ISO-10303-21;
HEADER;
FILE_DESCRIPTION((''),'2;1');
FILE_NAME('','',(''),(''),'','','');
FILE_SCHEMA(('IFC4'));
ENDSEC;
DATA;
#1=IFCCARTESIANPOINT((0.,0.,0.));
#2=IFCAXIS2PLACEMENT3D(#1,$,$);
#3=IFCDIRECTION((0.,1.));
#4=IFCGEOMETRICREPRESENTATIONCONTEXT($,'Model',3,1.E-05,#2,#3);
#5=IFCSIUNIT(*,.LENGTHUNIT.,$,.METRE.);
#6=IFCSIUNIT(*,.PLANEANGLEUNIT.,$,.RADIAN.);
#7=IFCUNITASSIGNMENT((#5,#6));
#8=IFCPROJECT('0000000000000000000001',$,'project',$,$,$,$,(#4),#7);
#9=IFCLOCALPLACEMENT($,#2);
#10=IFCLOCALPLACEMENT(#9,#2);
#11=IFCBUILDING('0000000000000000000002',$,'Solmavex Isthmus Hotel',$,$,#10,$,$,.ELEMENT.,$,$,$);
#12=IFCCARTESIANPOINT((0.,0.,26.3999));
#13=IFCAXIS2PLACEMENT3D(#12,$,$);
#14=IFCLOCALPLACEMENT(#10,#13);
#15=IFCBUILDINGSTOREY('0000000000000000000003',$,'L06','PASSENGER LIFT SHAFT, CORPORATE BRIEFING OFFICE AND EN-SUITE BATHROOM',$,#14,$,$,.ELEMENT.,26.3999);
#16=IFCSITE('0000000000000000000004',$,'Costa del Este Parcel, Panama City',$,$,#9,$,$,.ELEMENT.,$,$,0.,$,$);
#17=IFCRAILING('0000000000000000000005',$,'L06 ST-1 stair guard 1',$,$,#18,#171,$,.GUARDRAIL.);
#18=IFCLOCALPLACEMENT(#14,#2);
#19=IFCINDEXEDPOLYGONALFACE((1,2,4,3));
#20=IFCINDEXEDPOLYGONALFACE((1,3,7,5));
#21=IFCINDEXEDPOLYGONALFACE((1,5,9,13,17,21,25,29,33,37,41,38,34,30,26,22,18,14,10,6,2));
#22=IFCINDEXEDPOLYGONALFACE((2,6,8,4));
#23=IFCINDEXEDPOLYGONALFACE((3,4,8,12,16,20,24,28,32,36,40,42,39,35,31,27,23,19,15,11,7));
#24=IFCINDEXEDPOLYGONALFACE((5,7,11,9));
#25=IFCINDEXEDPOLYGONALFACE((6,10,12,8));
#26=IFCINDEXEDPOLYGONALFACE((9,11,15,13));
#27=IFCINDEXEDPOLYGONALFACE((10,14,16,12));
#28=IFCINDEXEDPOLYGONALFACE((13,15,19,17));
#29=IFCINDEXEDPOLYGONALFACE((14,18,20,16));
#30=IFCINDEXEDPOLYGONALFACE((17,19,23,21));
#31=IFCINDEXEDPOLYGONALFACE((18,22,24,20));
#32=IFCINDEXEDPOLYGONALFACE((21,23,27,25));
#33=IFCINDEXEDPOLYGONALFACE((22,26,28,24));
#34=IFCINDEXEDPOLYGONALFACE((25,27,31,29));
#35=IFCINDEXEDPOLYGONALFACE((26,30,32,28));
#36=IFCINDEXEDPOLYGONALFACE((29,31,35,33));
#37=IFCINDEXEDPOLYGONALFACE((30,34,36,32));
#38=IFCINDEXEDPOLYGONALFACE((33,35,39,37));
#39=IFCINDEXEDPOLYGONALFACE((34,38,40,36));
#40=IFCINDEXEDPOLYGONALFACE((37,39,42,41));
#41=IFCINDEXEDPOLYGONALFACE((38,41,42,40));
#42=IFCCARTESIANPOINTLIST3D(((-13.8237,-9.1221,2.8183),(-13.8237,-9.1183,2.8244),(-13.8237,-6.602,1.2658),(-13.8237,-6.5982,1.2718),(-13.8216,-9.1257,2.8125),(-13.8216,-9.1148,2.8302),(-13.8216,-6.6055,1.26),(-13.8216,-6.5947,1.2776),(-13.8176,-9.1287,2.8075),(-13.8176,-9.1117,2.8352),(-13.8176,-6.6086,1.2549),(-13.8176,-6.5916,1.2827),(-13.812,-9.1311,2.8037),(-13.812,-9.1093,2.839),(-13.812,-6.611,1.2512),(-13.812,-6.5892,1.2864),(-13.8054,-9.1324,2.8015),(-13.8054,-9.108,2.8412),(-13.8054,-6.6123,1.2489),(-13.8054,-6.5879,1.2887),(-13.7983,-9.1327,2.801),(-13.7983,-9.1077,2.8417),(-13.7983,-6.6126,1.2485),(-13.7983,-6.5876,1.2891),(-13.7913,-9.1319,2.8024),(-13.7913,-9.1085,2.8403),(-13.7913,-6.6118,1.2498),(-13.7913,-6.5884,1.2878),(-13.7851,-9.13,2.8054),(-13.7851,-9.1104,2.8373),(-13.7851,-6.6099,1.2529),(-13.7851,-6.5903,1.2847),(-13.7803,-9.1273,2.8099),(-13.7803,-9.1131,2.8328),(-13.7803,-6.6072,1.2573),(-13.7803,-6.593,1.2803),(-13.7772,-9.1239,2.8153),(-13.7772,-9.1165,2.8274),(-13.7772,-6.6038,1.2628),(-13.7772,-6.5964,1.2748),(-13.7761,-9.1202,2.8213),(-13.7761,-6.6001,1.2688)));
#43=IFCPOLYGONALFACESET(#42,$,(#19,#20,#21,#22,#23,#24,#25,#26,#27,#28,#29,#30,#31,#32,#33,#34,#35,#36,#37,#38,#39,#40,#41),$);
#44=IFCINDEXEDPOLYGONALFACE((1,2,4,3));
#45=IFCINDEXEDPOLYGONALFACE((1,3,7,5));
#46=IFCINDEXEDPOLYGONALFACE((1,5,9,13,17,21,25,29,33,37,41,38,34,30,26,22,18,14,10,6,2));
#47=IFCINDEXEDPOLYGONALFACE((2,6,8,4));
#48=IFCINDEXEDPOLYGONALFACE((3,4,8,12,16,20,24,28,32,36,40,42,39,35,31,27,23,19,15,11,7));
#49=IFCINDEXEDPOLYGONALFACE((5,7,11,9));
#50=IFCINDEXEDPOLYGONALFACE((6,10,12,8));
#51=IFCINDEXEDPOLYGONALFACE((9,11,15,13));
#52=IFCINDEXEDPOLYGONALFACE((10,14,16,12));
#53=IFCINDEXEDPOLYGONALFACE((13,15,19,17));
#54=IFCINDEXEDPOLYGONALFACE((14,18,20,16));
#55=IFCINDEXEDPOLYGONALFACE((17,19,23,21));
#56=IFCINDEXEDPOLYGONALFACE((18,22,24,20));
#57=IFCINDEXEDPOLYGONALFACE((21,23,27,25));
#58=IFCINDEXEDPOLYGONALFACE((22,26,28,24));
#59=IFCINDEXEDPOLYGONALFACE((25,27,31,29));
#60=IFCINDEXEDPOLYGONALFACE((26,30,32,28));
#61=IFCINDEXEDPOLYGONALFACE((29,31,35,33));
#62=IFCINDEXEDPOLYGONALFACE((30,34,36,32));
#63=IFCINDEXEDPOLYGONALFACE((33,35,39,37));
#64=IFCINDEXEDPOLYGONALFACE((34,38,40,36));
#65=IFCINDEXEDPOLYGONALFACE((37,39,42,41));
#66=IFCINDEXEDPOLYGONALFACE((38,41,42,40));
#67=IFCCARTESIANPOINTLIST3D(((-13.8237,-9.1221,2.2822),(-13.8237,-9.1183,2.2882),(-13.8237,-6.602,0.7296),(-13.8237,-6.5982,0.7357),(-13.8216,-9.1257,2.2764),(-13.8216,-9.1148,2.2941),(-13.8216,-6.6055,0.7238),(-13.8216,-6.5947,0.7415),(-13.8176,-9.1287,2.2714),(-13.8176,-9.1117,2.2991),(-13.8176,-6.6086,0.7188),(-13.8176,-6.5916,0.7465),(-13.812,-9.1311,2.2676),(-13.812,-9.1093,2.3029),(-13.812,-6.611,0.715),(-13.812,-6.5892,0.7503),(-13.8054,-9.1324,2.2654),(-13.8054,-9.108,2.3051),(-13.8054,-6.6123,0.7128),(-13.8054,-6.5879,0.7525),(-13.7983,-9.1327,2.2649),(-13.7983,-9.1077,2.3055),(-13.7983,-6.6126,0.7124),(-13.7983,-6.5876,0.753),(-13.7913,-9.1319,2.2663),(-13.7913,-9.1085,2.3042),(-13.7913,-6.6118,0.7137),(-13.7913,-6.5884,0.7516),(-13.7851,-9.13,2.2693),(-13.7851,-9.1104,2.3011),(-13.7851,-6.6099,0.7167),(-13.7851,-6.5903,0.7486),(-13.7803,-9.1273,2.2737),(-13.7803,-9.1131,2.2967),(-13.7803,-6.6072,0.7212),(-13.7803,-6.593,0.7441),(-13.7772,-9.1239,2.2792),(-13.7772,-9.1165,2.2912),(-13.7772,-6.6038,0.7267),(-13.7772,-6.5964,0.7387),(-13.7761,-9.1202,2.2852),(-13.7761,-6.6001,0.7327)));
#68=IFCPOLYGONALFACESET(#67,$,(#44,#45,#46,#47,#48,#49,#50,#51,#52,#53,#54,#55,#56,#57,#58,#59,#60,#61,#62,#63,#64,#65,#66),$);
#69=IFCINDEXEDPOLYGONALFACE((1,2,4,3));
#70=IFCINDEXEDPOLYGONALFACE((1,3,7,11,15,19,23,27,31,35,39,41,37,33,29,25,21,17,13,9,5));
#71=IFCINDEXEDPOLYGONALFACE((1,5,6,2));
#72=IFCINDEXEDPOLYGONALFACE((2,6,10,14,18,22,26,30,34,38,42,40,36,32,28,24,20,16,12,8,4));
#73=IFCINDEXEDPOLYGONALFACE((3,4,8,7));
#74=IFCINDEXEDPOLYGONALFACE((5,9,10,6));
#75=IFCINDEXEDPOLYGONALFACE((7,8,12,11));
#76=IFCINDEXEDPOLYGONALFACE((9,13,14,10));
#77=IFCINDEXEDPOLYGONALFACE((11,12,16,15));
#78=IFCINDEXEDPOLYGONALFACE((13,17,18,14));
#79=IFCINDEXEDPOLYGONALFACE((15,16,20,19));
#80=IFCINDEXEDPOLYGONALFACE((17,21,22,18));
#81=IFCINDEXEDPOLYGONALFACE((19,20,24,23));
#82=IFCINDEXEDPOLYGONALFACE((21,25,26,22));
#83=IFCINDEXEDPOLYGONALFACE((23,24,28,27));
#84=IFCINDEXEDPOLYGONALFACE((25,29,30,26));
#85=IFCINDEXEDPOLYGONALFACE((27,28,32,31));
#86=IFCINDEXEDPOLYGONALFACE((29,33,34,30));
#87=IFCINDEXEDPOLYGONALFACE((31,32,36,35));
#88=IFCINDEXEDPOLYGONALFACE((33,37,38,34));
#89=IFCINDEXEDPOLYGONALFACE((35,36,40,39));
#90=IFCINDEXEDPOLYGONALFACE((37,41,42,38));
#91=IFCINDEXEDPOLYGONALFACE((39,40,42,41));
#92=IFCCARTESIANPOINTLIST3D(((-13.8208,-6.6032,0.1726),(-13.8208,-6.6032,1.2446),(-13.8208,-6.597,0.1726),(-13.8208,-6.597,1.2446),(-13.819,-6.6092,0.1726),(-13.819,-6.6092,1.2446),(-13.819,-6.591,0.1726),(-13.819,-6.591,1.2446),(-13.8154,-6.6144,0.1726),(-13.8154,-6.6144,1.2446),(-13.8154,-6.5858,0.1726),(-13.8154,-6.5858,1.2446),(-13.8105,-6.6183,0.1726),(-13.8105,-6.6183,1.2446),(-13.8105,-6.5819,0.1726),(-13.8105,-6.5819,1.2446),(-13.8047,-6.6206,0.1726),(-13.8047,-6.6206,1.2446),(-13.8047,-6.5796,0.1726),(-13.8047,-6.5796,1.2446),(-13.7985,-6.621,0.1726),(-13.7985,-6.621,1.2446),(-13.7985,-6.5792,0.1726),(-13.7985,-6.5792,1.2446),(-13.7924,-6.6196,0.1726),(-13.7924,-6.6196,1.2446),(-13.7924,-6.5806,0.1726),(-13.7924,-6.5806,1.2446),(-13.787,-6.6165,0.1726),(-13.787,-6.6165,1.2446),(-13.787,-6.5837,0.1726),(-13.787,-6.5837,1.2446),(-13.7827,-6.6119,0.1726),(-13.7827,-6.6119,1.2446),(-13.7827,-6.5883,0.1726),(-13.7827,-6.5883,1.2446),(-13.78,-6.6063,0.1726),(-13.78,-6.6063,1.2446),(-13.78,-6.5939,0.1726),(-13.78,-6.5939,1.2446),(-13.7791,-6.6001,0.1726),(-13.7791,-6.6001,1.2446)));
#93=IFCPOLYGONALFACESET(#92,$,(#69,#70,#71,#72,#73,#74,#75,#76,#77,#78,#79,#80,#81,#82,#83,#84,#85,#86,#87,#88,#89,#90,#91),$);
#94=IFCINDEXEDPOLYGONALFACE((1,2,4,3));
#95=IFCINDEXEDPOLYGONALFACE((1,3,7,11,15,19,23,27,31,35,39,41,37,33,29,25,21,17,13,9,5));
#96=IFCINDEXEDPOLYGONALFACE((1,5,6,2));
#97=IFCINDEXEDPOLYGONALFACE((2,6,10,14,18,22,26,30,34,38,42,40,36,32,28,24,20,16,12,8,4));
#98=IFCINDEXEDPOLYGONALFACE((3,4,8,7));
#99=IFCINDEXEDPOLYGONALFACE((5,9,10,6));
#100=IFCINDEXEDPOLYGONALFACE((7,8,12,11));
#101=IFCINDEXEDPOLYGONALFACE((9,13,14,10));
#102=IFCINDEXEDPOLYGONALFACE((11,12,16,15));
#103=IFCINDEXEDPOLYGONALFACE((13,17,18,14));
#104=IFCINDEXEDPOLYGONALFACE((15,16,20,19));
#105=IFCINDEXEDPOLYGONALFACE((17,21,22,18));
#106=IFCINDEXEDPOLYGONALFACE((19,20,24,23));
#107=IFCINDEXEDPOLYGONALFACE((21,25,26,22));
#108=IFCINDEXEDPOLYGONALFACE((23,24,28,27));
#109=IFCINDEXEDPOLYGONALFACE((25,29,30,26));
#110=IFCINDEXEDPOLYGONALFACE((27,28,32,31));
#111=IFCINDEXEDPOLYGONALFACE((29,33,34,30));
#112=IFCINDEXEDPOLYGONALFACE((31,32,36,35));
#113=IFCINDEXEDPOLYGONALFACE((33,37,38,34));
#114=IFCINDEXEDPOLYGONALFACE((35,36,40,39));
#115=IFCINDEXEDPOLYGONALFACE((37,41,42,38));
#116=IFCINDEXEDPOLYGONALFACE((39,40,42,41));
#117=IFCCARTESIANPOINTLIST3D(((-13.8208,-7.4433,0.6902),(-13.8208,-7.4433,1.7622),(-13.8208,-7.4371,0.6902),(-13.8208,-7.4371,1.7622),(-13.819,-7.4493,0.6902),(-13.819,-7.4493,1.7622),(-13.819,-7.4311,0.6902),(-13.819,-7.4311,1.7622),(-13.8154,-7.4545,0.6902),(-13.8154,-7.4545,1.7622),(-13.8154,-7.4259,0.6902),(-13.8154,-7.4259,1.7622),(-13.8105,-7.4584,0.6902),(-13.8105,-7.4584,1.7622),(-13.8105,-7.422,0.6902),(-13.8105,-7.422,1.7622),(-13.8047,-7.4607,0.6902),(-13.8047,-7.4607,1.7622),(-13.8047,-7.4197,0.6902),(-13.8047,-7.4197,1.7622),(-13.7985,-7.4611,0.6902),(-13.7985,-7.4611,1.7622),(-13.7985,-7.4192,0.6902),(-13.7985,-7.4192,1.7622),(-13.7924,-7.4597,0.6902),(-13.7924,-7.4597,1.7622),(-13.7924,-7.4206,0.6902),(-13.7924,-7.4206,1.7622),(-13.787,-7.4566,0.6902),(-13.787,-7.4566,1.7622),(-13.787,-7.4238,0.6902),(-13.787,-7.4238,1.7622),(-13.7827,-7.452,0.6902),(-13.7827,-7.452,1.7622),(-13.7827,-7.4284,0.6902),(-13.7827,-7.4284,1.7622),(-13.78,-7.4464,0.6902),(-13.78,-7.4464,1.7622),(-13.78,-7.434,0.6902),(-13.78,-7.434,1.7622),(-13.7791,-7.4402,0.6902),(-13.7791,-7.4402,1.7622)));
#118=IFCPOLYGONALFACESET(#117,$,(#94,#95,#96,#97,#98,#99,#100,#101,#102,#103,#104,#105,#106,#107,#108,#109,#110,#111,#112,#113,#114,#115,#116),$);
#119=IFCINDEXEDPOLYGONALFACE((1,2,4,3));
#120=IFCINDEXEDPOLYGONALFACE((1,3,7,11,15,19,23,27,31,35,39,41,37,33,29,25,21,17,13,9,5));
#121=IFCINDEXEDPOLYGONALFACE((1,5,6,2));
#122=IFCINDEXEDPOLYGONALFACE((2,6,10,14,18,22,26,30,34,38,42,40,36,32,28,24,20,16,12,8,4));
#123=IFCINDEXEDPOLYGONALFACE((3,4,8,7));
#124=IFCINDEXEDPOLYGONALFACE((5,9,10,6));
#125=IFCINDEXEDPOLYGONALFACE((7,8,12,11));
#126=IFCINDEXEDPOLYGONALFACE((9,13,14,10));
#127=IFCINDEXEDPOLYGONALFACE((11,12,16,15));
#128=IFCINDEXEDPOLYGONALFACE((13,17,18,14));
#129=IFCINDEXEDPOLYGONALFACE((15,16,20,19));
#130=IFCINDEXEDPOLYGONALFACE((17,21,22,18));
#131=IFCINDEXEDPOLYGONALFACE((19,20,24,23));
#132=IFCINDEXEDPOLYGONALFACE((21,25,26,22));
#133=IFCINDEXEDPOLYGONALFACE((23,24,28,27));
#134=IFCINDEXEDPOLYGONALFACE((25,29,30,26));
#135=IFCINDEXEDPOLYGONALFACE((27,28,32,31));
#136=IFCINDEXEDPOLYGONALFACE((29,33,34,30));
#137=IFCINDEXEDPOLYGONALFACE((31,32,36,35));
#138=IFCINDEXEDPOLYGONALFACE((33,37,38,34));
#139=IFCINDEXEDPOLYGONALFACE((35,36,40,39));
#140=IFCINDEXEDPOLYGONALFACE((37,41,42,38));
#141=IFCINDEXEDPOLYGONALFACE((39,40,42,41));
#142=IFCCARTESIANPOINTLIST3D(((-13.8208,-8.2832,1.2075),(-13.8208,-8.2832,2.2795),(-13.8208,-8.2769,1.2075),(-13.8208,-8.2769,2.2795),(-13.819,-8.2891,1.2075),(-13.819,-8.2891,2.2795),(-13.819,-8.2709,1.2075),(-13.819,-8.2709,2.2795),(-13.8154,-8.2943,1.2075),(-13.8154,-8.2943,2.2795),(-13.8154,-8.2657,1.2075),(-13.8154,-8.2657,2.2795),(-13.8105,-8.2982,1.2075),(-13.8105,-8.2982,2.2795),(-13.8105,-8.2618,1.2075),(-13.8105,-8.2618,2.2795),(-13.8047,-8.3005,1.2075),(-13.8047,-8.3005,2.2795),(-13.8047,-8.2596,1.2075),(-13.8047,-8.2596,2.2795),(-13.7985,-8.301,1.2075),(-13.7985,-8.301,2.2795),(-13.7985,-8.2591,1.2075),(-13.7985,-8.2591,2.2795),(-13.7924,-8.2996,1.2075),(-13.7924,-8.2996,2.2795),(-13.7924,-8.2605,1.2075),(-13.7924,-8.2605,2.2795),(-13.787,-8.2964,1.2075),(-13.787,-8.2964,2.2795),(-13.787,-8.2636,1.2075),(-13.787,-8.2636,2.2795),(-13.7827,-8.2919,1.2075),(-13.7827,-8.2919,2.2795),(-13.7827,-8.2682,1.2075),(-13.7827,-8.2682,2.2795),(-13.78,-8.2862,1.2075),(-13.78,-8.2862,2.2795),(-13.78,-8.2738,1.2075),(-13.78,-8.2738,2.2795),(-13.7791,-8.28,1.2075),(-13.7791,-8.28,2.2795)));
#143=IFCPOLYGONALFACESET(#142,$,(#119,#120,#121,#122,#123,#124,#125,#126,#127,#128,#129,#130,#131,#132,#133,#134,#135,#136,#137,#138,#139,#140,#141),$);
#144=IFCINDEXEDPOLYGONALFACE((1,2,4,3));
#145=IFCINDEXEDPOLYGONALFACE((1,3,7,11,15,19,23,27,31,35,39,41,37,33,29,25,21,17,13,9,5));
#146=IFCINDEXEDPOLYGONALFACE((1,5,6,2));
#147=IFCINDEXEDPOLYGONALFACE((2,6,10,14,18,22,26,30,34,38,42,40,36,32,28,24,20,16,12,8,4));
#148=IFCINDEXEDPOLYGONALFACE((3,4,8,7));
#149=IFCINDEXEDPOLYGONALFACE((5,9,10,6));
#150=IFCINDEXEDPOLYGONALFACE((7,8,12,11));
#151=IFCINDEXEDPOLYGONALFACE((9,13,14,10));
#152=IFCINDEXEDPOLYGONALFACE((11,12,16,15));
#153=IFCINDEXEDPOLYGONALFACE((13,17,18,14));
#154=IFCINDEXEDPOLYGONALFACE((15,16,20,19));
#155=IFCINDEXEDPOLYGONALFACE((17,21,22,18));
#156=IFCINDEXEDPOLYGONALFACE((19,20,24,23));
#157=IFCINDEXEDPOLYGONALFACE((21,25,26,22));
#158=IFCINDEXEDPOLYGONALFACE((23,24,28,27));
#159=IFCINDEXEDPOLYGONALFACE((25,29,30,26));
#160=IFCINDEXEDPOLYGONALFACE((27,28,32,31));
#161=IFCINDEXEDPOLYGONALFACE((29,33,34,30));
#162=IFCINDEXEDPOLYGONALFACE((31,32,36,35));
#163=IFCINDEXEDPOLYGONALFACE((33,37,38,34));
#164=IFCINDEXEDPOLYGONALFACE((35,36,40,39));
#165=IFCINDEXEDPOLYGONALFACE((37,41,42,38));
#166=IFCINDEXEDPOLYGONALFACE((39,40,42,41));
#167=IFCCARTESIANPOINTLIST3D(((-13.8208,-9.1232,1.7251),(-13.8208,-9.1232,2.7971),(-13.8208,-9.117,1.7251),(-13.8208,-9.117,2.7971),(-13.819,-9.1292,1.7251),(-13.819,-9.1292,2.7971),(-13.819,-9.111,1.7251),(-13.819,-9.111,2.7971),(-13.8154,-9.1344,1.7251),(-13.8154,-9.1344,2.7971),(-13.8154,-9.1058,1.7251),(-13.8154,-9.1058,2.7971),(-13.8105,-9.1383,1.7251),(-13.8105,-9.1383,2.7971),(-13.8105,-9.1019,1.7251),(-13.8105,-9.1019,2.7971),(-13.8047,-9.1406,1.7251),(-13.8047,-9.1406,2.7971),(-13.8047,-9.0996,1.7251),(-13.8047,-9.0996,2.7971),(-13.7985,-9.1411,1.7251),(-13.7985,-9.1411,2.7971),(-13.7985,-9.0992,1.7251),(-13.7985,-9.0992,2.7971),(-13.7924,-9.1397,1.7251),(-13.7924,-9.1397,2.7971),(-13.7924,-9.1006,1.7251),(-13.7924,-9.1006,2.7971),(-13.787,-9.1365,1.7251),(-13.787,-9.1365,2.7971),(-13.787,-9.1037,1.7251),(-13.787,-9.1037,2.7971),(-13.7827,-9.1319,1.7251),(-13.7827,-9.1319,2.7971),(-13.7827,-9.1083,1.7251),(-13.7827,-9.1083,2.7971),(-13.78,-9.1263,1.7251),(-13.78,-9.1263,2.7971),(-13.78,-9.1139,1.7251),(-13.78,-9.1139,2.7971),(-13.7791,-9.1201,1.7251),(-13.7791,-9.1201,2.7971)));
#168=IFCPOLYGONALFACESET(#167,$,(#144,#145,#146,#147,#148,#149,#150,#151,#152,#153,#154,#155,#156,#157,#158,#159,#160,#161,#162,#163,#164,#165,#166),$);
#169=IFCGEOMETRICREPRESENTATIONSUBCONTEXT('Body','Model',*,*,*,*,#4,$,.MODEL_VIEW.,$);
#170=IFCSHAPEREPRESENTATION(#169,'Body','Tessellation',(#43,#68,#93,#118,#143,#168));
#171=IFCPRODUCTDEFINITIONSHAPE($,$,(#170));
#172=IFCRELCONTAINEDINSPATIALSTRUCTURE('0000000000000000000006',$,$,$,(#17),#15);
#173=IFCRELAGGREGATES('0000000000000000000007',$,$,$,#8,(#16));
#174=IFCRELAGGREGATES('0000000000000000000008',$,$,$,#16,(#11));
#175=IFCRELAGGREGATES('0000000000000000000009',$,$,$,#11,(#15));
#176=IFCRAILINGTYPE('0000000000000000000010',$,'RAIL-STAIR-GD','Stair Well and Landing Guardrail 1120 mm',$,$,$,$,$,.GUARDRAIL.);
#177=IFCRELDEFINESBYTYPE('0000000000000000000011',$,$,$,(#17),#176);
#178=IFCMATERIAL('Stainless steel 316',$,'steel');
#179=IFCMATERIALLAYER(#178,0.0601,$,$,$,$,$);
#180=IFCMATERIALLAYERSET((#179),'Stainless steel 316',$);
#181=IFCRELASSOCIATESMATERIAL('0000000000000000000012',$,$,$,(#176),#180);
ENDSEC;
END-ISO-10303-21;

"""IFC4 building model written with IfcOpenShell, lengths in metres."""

from ifc_helpers import new_model, si_unit, direction, frame, origin, origin_2d, place, context, subcontext, project, spatial, circle, extrude, material, layer, layer_set, type_object, element, save


model = new_model("IFC4")

# Units and contexts
model_context = context("Model", 3, precision=1e-05, world=origin(), true_north=direction((0.0, 1.0)))
body_context = subcontext(model_context, "Body", "Model", "MODEL_VIEW")
ifc_project = project(units=[si_unit("LENGTHUNIT", "METRE"), si_unit("PLANEANGLEUNIT", "RADIAN")], contexts=[model_context])

# Site, building, storey
site_placement = place(None, origin())
site = spatial("IfcSite", under=ifc_project, at=site_placement, Name="Costa del Este Parcel, Panama City", CompositionType="ELEMENT", RefElevation=0.0)
building_placement = place(site_placement, origin())
building = spatial("IfcBuilding", under=site, at=building_placement, Name="Solmavex Isthmus Hotel", CompositionType="ELEMENT")
storey_placement = place(building_placement, frame((0.0, 0.0, 26.3999)))
storey = spatial("IfcBuildingStorey", under=building, at=storey_placement, Name="L06", Description="PASSENGER LIFT SHAFT, CORPORATE BRIEFING OFFICE AND EN-SUITE BATHROOM", CompositionType="ELEMENT", Elevation=26.3999)

# Railing
ifc_material_1 = material(Name="Stainless steel 316", Category="steel")
ifc_layer_1 = layer(ifc_material_1, 0.0601)
ifc_layer_set_1 = layer_set([ifc_layer_1], Name="Stainless steel 316")
railing_type_1 = type_object("IfcRailingType", Name="RAIL-STAIR-GD", Description="Stair Well and Landing Guardrail 1120 mm", PredefinedType="GUARDRAIL", material=ifc_layer_set_1)
railing_1_placement = place(storey_placement, frame((-13.8, -6.6001, 0.1726)))
element("IfcRailing", 1, at=railing_1_placement, inside=storey, type_object=railing_type_1, Name="L06 ST-1 stair guard 1", PredefinedType="GUARDRAIL", context=body_context, shape_type="SweptSolid", body=[
    extrude(circle(Radius=0.0239, at=origin_2d()), frame((0.0, 0.0, 1.0962), z_axis=(0.0, -0.8514, 0.524516), x_axis=(1.0, 0.0, 0.0)), (0.0, 0.0, 1.0), 2.96),
    extrude(circle(Radius=0.0239, at=origin_2d()), frame((0.0, 0.0, 0.5601), z_axis=(0.0, -0.8514, 0.524516), x_axis=(1.0, 0.0, 0.0)), (0.0, 0.0, 1.0), 2.96),
    extrude(circle(Radius=0.021, at=origin_2d()), origin(), (0.0, 0.0, 1.0), 1.072),
    extrude(circle(Radius=0.021, at=origin_2d()), frame((0.0, -0.8401, 0.5176)), (0.0, 0.0, 1.0), 1.072),
    extrude(circle(Radius=0.021, at=origin_2d()), frame((0.0, -1.6799, 1.0349)), (0.0, 0.0, 1.0), 1.072),
    extrude(circle(Radius=0.021, at=origin_2d()), frame((0.0, -2.52, 1.5525)), (0.0, 0.0, 1.0), 1.072),
])

save(model, "model.ifc")
